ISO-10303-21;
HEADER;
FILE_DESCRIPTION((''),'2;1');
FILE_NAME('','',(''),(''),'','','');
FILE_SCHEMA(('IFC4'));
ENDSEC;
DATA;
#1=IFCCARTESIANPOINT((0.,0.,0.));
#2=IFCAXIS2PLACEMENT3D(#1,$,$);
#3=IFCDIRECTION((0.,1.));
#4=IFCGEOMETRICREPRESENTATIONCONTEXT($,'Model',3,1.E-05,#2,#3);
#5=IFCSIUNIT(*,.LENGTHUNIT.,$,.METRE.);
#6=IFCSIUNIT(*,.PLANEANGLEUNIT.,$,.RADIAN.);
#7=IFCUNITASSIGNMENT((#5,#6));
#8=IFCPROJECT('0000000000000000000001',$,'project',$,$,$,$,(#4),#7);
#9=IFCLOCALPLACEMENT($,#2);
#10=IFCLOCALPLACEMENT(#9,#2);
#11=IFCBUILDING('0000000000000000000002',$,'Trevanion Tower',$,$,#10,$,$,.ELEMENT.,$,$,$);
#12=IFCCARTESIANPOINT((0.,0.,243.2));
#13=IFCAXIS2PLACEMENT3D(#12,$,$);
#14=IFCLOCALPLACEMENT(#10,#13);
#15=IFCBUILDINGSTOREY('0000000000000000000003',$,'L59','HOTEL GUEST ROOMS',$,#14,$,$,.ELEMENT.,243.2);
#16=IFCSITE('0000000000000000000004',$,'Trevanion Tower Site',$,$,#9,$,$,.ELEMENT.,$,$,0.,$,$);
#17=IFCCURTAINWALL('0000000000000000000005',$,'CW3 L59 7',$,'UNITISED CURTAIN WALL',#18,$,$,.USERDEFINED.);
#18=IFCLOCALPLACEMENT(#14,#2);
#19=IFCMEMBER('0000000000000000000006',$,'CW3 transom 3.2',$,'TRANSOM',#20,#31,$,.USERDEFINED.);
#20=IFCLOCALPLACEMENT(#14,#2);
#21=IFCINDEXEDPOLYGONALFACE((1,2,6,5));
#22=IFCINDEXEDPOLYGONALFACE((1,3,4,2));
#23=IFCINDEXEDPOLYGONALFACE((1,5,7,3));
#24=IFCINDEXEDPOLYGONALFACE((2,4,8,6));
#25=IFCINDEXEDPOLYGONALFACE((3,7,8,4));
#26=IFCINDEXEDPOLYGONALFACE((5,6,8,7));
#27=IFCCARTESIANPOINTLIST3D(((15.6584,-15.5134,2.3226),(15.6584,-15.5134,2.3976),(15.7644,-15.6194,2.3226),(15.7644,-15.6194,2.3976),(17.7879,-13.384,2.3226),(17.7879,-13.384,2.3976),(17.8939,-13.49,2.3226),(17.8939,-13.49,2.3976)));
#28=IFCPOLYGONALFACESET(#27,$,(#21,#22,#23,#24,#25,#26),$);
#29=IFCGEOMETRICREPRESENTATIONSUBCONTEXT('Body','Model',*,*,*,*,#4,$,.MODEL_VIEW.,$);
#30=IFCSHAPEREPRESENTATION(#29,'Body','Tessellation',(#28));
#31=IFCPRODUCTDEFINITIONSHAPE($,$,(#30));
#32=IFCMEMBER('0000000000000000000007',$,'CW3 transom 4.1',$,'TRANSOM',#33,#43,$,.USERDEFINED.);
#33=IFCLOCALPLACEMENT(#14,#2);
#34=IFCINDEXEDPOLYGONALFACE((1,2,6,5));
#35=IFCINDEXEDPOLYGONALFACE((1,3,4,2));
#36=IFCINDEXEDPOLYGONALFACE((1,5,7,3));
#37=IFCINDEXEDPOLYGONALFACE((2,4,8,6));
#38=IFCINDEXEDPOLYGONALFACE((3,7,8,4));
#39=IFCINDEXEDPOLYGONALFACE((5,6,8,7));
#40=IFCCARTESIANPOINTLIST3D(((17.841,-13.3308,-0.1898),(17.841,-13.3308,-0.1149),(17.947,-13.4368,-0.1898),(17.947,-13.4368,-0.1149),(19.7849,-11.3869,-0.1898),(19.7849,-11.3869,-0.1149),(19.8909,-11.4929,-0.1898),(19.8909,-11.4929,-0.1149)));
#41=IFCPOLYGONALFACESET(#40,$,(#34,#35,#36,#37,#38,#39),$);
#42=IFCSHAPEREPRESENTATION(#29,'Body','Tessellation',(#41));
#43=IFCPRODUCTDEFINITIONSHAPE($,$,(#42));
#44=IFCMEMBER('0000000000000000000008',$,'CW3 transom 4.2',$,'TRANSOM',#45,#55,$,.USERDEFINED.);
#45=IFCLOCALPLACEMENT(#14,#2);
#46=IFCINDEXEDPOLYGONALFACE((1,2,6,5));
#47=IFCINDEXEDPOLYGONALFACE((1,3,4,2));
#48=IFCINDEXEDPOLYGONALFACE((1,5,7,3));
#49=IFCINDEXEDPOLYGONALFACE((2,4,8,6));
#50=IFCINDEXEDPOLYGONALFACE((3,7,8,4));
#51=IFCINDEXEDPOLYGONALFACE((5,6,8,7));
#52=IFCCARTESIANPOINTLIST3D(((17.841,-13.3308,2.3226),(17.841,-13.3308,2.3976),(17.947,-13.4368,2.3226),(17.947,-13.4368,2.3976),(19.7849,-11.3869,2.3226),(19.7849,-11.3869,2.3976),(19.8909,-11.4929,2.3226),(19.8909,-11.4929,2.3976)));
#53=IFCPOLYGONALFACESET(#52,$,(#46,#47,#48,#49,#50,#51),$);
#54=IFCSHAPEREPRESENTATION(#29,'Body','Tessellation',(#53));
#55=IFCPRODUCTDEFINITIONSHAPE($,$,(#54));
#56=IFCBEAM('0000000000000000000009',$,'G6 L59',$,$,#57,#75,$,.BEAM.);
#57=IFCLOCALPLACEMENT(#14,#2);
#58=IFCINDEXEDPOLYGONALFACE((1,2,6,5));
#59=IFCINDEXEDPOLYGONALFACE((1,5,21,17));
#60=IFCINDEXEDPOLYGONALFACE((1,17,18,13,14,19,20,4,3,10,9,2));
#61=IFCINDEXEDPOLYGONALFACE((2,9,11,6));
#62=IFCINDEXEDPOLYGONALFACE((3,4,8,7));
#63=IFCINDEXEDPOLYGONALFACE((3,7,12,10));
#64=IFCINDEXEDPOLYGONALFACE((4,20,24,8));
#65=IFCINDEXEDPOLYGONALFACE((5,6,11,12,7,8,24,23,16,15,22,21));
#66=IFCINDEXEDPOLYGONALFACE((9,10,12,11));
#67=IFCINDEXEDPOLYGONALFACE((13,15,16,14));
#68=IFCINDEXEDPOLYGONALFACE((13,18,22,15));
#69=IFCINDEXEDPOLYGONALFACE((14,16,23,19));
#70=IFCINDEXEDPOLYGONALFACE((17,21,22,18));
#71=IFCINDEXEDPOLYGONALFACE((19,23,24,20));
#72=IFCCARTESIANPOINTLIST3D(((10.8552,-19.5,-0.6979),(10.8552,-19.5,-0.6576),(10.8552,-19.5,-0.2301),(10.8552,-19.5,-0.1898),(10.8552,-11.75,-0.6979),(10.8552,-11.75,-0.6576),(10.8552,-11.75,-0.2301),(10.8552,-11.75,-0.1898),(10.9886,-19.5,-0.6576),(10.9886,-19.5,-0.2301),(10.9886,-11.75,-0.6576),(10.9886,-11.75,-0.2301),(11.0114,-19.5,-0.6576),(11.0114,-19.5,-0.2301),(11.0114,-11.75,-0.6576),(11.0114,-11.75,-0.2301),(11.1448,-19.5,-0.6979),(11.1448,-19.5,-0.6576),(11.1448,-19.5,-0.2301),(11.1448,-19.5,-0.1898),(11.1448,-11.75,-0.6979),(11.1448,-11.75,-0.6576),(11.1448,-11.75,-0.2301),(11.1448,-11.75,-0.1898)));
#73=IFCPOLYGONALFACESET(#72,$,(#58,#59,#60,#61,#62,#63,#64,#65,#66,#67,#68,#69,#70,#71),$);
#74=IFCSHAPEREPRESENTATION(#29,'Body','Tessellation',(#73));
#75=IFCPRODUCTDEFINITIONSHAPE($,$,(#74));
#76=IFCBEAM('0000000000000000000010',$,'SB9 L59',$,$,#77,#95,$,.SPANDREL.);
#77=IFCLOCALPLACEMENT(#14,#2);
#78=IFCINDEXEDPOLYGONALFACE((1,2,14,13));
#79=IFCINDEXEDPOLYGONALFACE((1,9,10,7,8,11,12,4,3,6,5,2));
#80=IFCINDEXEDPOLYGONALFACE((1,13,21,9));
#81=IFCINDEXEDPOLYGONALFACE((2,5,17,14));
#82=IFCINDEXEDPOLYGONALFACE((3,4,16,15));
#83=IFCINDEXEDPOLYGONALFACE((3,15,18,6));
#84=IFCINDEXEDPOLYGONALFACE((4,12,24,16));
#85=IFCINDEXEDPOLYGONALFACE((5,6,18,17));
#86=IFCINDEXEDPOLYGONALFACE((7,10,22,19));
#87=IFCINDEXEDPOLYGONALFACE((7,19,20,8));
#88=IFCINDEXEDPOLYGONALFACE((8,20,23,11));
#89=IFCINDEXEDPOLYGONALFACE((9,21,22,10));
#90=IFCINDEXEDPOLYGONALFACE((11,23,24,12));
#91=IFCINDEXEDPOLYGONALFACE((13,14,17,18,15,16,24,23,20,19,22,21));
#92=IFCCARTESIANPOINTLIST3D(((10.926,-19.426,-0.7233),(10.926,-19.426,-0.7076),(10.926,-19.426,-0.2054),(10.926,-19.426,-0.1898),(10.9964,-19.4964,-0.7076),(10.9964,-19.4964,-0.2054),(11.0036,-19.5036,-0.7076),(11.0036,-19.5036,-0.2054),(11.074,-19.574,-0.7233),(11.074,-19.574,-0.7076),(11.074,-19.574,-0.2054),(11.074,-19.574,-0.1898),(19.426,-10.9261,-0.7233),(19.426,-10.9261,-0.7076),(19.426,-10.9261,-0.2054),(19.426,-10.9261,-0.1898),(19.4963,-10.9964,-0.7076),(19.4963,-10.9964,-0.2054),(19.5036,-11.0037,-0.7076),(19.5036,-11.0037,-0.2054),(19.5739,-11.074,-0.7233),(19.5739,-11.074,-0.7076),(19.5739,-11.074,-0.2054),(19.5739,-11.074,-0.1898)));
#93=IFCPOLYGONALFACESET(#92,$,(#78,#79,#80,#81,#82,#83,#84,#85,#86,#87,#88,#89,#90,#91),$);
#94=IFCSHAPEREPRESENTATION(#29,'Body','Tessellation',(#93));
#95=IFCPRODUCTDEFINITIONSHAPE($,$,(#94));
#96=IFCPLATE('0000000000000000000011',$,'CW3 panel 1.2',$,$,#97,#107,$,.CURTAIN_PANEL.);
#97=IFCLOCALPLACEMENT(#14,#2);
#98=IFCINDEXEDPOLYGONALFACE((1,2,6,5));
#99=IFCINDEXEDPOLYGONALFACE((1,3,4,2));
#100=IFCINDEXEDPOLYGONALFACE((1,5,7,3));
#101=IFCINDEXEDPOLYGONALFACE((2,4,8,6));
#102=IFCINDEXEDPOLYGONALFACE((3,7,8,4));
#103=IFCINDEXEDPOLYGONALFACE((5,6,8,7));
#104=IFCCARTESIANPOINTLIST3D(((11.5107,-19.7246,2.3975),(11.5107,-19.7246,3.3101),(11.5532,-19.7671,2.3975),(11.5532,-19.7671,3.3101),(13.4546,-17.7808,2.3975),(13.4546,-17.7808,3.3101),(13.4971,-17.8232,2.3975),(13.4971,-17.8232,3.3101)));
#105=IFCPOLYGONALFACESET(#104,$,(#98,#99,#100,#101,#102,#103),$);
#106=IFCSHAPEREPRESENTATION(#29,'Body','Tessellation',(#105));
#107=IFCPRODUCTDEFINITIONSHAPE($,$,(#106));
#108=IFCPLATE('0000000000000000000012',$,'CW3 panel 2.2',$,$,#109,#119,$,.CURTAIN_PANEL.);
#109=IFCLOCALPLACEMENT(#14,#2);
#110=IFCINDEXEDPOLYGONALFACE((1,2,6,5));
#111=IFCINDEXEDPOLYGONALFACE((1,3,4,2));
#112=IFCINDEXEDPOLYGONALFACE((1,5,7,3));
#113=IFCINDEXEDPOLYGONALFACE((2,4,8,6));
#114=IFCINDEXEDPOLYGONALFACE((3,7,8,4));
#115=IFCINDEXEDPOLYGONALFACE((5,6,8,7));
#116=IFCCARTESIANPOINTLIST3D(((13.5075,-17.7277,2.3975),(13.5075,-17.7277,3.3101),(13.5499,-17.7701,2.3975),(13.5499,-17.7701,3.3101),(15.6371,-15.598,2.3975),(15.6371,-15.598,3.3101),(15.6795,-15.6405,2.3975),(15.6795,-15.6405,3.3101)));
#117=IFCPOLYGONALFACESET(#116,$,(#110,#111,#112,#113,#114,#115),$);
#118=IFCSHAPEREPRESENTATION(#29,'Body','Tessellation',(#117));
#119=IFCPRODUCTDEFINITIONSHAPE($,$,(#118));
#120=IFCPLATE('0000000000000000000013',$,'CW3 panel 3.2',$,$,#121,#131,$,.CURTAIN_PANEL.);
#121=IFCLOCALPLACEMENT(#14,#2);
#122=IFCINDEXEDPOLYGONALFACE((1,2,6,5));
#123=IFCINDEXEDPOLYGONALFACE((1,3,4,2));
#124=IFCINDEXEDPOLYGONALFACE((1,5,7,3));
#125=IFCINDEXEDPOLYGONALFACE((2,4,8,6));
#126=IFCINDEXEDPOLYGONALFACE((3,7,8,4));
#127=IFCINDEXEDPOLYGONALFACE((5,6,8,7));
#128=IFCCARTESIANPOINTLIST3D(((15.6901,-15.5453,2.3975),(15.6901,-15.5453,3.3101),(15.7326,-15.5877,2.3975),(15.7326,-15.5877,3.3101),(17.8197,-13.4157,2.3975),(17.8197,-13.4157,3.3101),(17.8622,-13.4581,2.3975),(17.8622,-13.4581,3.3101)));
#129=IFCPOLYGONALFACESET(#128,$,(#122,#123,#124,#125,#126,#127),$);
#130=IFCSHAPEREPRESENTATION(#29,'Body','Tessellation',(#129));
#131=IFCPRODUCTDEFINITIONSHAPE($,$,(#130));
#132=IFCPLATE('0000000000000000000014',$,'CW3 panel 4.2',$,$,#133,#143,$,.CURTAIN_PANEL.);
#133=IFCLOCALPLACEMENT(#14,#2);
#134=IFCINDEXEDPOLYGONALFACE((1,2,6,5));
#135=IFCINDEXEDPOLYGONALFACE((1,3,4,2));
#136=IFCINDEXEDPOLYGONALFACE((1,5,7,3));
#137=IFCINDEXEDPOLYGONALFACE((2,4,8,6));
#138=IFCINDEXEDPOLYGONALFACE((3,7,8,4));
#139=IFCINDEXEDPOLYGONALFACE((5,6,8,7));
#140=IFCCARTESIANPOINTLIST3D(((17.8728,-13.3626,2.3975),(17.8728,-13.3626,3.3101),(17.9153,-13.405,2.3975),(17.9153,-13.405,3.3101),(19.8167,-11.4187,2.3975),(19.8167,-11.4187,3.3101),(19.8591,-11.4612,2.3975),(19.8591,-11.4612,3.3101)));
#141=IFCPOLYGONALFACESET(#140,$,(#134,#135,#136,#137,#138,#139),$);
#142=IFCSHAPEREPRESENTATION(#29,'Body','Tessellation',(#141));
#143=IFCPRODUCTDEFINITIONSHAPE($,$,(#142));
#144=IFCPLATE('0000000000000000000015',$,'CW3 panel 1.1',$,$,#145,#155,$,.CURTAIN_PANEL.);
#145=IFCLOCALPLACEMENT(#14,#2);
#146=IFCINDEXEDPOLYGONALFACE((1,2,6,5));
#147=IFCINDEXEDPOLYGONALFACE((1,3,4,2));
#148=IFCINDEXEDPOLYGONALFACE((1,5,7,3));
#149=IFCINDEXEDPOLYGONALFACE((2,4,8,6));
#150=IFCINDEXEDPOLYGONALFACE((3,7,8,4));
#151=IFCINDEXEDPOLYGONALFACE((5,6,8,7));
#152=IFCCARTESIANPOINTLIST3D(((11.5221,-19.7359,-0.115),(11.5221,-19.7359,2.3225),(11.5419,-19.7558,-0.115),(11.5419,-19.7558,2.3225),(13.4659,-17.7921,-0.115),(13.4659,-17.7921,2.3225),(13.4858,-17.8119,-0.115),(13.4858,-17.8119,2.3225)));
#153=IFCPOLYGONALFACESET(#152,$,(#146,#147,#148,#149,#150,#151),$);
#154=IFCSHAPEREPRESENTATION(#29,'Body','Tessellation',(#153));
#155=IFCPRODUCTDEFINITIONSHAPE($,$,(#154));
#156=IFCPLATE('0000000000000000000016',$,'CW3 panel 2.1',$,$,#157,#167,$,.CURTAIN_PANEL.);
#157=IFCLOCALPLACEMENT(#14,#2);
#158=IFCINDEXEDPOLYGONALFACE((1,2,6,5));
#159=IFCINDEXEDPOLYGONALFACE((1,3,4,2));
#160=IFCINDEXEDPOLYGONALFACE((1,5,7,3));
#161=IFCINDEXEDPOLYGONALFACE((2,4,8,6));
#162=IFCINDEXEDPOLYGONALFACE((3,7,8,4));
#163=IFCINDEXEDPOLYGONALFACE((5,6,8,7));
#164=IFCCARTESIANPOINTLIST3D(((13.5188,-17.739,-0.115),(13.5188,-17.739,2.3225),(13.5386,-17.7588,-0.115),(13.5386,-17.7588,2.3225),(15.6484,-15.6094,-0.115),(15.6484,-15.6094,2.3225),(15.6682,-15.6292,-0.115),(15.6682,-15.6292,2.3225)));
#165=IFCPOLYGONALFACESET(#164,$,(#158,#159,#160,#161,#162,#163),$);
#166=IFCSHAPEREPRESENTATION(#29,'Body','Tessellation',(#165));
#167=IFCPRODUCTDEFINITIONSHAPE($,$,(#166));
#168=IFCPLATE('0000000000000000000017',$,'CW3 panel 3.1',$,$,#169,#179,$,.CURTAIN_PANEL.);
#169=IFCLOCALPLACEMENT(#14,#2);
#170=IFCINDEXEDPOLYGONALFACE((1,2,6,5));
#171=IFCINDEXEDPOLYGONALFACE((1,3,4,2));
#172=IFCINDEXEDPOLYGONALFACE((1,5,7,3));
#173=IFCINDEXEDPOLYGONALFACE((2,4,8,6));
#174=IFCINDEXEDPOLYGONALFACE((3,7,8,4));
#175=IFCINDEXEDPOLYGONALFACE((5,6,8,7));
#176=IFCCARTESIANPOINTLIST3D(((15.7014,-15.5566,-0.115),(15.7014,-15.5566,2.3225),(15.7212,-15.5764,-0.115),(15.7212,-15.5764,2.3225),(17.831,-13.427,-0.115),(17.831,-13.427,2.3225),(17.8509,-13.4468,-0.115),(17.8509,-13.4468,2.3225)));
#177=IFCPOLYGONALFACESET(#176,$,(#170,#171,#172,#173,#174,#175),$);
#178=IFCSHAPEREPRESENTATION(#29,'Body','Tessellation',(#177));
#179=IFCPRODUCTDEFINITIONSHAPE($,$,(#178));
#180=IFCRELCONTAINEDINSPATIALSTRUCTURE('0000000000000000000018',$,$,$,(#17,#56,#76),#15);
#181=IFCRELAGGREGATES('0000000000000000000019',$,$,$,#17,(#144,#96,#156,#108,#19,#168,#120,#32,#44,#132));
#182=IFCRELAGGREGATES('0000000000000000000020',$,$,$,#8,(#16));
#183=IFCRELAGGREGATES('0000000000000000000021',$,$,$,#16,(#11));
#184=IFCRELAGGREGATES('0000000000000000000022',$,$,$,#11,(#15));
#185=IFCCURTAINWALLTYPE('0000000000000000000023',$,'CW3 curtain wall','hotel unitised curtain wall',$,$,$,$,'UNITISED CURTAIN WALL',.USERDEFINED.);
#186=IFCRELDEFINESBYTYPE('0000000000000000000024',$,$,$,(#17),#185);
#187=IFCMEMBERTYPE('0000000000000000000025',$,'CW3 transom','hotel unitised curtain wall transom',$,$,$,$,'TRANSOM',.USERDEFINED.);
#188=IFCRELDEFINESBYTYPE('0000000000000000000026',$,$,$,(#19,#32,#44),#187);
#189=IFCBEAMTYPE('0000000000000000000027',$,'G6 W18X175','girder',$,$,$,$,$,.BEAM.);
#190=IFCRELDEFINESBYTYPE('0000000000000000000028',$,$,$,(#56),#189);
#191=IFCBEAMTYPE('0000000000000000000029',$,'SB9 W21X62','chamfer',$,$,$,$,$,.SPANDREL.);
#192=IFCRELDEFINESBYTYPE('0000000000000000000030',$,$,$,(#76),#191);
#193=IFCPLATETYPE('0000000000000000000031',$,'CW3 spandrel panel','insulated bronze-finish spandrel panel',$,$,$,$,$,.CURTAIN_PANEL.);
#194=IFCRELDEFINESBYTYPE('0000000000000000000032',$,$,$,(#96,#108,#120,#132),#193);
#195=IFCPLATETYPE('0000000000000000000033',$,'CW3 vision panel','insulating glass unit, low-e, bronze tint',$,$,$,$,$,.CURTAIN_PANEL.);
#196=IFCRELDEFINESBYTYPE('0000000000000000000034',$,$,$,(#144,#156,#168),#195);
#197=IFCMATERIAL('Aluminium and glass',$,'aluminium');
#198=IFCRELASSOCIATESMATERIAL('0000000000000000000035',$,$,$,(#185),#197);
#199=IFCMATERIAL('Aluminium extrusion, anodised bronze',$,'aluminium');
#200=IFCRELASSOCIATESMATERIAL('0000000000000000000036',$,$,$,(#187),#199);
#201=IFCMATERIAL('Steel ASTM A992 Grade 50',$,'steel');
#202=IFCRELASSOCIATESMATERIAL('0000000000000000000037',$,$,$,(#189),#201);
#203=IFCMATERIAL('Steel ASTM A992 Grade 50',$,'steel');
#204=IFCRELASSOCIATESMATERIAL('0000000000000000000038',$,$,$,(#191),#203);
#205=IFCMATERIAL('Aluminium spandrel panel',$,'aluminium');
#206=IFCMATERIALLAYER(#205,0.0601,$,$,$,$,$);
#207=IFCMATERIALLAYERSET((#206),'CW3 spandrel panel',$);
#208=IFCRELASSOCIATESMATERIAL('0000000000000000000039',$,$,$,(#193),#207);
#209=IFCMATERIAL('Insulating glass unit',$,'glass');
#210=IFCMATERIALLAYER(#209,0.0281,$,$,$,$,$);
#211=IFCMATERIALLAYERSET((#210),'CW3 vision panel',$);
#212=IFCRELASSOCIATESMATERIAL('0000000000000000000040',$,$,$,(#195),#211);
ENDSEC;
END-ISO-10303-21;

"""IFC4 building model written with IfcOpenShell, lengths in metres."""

from ifc_helpers import new_model, si_unit, direction, frame, origin, origin_2d, place, context, subcontext, project, spatial, rectangle, i_section, extrude, material, layer, layer_set, material_profile, profile_set, type_object, element, aggregate, save


model = new_model("IFC4")

# Units and contexts
model_context = context("Model", 3, precision=1e-05, world=origin(), true_north=direction((0.0, 1.0)))
body_context = subcontext(model_context, "Body", "Model", "MODEL_VIEW")
ifc_project = project(units=[si_unit("LENGTHUNIT", "METRE"), si_unit("PLANEANGLEUNIT", "RADIAN")], contexts=[model_context])

# Site, building, storey
site_placement = place(None, origin())
site = spatial("IfcSite", under=ifc_project, at=site_placement, Name="Trevanion Tower Site", CompositionType="ELEMENT", RefElevation=0.0)
building_placement = place(site_placement, origin())
building = spatial("IfcBuilding", under=site, at=building_placement, Name="Trevanion Tower", CompositionType="ELEMENT")
storey_placement = place(building_placement, frame((0.0, 0.0, 243.2)))
storey = spatial("IfcBuildingStorey", under=building, at=storey_placement, Name="L59", Description="HOTEL GUEST ROOMS", CompositionType="ELEMENT", Elevation=243.2)

# Curtain wall
ifc_material_1 = material(Name="Aluminium and glass", Category="aluminium")
curtain_wall_type = type_object("IfcCurtainWallType", Name="CW3 curtain wall", Description="hotel unitised curtain wall", ElementType="UNITISED CURTAIN WALL", PredefinedType="USERDEFINED", material=ifc_material_1)
curtain_wall_1_placement = place(storey_placement, origin())
curtain_wall_1 = element("IfcCurtainWall", 1, at=curtain_wall_1_placement, inside=storey, type_object=curtain_wall_type, Name="CW3 L59 7", ObjectType="UNITISED CURTAIN WALL", PredefinedType="USERDEFINED")

# Members
ifc_material_2 = material(Name="Aluminium extrusion, anodised bronze", Category="aluminium")
ifc_material_profile_1 = material_profile(ifc_material_2, rectangle(XDim=0.1499, YDim=0.075, at=origin_2d()), Name="CW3 transom")
ifc_profile_set_1 = profile_set([ifc_material_profile_1], Name="Aluminium extrusion, anodised bronze")
member_type_1 = type_object("IfcMemberType", Name="CW3 transom", Description="hotel unitised curtain wall transom", ElementType="TRANSOM", PredefinedType="USERDEFINED", material=ifc_profile_set_1)
member_1_placement = place(storey_placement, frame((15.7114, -15.5664, 2.3601), z_axis=(0.707107, 0.707107, 0.0), x_axis=(-0.707107, 0.707107, 0.0)))
member_1 = element("IfcMember", 2, at=member_1_placement, type_object=member_type_1, Name="CW3 transom 3.2", ObjectType="TRANSOM", PredefinedType="USERDEFINED", context=body_context, shape_type="SweptSolid", body=[
    extrude(rectangle(XDim=0.1499, YDim=0.075, at=origin_2d()), origin(), (0.0, 0.0, 1.0), 3.0115),
])
member_2_placement = place(storey_placement, frame((17.894, -13.3838, -0.1523), z_axis=(0.707107, 0.707107, 0.0), x_axis=(-0.707107, 0.707107, 0.0)))
member_2 = element("IfcMember", 3, at=member_2_placement, type_object=member_type_1, Name="CW3 transom 4.1", ObjectType="TRANSOM", PredefinedType="USERDEFINED", context=body_context, shape_type="SweptSolid", body=[
    extrude(rectangle(XDim=0.1499, YDim=0.075, at=origin_2d()), origin(), (0.0, 0.0, 1.0), 2.749),
])
member_3_placement = place(storey_placement, frame((17.894, -13.3838, 2.3601), z_axis=(0.707107, 0.707107, 0.0), x_axis=(-0.707107, 0.707107, 0.0)))
member_3 = element("IfcMember", 4, at=member_3_placement, type_object=member_type_1, Name="CW3 transom 4.2", ObjectType="TRANSOM", PredefinedType="USERDEFINED", context=body_context, shape_type="SweptSolid", body=[
    extrude(rectangle(XDim=0.1499, YDim=0.075, at=origin_2d()), origin(), (0.0, 0.0, 1.0), 2.749),
])

# Beams
ifc_material_3 = material(Name="Steel ASTM A992 Grade 50", Category="steel")
ifc_material_profile_2 = material_profile(ifc_material_3, i_section(OverallWidth=0.2896, OverallDepth=0.5081, WebThickness=0.0227, FlangeThickness=0.0403, at=origin_2d()), Name="W18X175")
ifc_profile_set_2 = profile_set([ifc_material_profile_2], Name="Steel ASTM A992 Grade 50")
beam_type_1 = type_object("IfcBeamType", Name="G6 W18X175", Description="girder", PredefinedType="BEAM", material=ifc_profile_set_2)
beam_1_placement = place(storey_placement, frame((11.0, -11.75, -0.4438), z_axis=(0.0, -1.0, 0.0), x_axis=(1.0, 0.0, 0.0)))
element("IfcBeam", 5, at=beam_1_placement, inside=storey, type_object=beam_type_1, Name="G6 L59", PredefinedType="BEAM", context=body_context, shape_type="SweptSolid", body=[
    extrude(i_section(OverallWidth=0.2896, OverallDepth=0.5081, WebThickness=0.0227, FlangeThickness=0.0403, at=origin_2d()), origin(), (0.0, 0.0, 1.0), 7.75),
])
ifc_material_4 = material(Name="Steel ASTM A992 Grade 50", Category="steel")
ifc_material_profile_3 = material_profile(ifc_material_4, i_section(OverallWidth=0.2092, OverallDepth=0.5334, WebThickness=0.0103, FlangeThickness=0.0156, at=origin_2d()), Name="W21X62")
ifc_profile_set_3 = profile_set([ifc_material_profile_3], Name="Steel ASTM A992 Grade 50")
beam_type_2 = type_object("IfcBeamType", Name="SB9 W21X62", Description="chamfer", PredefinedType="SPANDREL", material=ifc_profile_set_3)
beam_2_placement = place(storey_placement, frame((11.0, -19.5, -0.4565), z_axis=(0.707107, 0.707107, 0.0), x_axis=(-0.707107, 0.707107, 0.0)))
element("IfcBeam", 6, at=beam_2_placement, inside=storey, type_object=beam_type_2, Name="SB9 L59", PredefinedType="SPANDREL", context=body_context, shape_type="SweptSolid", body=[
    extrude(i_section(OverallWidth=0.2092, OverallDepth=0.5334, WebThickness=0.0103, FlangeThickness=0.0156, at=origin_2d()), origin(), (0.0, 0.0, 1.0), 12.0208),
])

# Plates
ifc_material_5 = material(Name="Aluminium spandrel panel", Category="aluminium")
ifc_layer_1 = layer(ifc_material_5, 0.0601)
ifc_layer_set_1 = layer_set([ifc_layer_1], Name="CW3 spandrel panel")
plate_type_1 = type_object("IfcPlateType", Name="CW3 spandrel panel", Description="insulated bronze-finish spandrel panel", PredefinedType="CURTAIN_PANEL", material=ifc_layer_set_1)
plate_1_placement = place(storey_placement, frame((12.5039, -18.7739, 2.3975), z_axis=(0.0, 0.0, 1.0), x_axis=(0.707107, 0.707107, 0.0)))
plate_1 = element("IfcPlate", 7, at=plate_1_placement, type_object=plate_type_1, Name="CW3 panel 1.2", PredefinedType="CURTAIN_PANEL", context=body_context, shape_type="SweptSolid", body=[
    extrude(rectangle(XDim=2.749, YDim=0.0601, at=origin_2d()), origin(), (0.0, 0.0, 1.0), 0.9126),
])
plate_2_placement = place(storey_placement, frame((14.5935, -16.6841, 2.3975), z_axis=(0.0, 0.0, 1.0), x_axis=(0.707107, 0.707107, 0.0)))
plate_2 = element("IfcPlate", 8, at=plate_2_placement, type_object=plate_type_1, Name="CW3 panel 2.2", PredefinedType="CURTAIN_PANEL", context=body_context, shape_type="SweptSolid", body=[
    extrude(rectangle(XDim=3.0117, YDim=0.0601, at=origin_2d()), origin(), (0.0, 0.0, 1.0), 0.9126),
])
plate_3_placement = place(storey_placement, frame((16.7761, -14.5017, 2.3975), z_axis=(0.0, 0.0, 1.0), x_axis=(0.707107, 0.707107, 0.0)))
plate_3 = element("IfcPlate", 9, at=plate_3_placement, type_object=plate_type_1, Name="CW3 panel 3.2", PredefinedType="CURTAIN_PANEL", context=body_context, shape_type="SweptSolid", body=[
    extrude(rectangle(XDim=3.0117, YDim=0.0601, at=origin_2d()), origin(), (0.0, 0.0, 1.0), 0.9126),
])
plate_4_placement = place(storey_placement, frame((18.866, -12.4119, 2.3975), z_axis=(0.0, 0.0, 1.0), x_axis=(0.707107, 0.707107, 0.0)))
plate_4 = element("IfcPlate", 10, at=plate_4_placement, type_object=plate_type_1, Name="CW3 panel 4.2", PredefinedType="CURTAIN_PANEL", context=body_context, shape_type="SweptSolid", body=[
    extrude(rectangle(XDim=2.749, YDim=0.0601, at=origin_2d()), origin(), (0.0, 0.0, 1.0), 0.9126),
])
ifc_material_6 = material(Name="Insulating glass unit", Category="glass")
ifc_layer_2 = layer(ifc_material_6, 0.0281)
ifc_layer_set_2 = layer_set([ifc_layer_2], Name="CW3 vision panel")
plate_type_2 = type_object("IfcPlateType", Name="CW3 vision panel", Description="insulating glass unit, low-e, bronze tint", PredefinedType="CURTAIN_PANEL", material=ifc_layer_set_2)
plate_5_placement = place(storey_placement, frame((12.5039, -18.7739, -0.115), z_axis=(0.0, 0.0, 1.0), x_axis=(0.707107, 0.707107, 0.0)))
plate_5 = element("IfcPlate", 11, at=plate_5_placement, type_object=plate_type_2, Name="CW3 panel 1.1", PredefinedType="CURTAIN_PANEL", context=body_context, shape_type="SweptSolid", body=[
    extrude(rectangle(XDim=2.749, YDim=0.0281, at=origin_2d()), origin(), (0.0, 0.0, 1.0), 2.4375),
])
plate_6_placement = place(storey_placement, frame((14.5935, -16.6841, -0.115), z_axis=(0.0, 0.0, 1.0), x_axis=(0.707107, 0.707107, 0.0)))
plate_6 = element("IfcPlate", 12, at=plate_6_placement, type_object=plate_type_2, Name="CW3 panel 2.1", PredefinedType="CURTAIN_PANEL", context=body_context, shape_type="SweptSolid", body=[
    extrude(rectangle(XDim=3.0117, YDim=0.0281, at=origin_2d()), origin(), (0.0, 0.0, 1.0), 2.4375),
])
plate_7_placement = place(storey_placement, frame((16.7761, -14.5017, -0.115), z_axis=(0.0, 0.0, 1.0), x_axis=(0.707107, 0.707107, 0.0)))
plate_7 = element("IfcPlate", 13, at=plate_7_placement, type_object=plate_type_2, Name="CW3 panel 3.1", PredefinedType="CURTAIN_PANEL", context=body_context, shape_type="SweptSolid", body=[
    extrude(rectangle(XDim=3.0117, YDim=0.0281, at=origin_2d()), origin(), (0.0, 0.0, 1.0), 2.4375),
])
aggregate(curtain_wall_1, [plate_5, plate_1, plate_6, plate_2, member_1, plate_7, plate_3, member_2, member_3, plate_4])

save(model, "model.ifc")
